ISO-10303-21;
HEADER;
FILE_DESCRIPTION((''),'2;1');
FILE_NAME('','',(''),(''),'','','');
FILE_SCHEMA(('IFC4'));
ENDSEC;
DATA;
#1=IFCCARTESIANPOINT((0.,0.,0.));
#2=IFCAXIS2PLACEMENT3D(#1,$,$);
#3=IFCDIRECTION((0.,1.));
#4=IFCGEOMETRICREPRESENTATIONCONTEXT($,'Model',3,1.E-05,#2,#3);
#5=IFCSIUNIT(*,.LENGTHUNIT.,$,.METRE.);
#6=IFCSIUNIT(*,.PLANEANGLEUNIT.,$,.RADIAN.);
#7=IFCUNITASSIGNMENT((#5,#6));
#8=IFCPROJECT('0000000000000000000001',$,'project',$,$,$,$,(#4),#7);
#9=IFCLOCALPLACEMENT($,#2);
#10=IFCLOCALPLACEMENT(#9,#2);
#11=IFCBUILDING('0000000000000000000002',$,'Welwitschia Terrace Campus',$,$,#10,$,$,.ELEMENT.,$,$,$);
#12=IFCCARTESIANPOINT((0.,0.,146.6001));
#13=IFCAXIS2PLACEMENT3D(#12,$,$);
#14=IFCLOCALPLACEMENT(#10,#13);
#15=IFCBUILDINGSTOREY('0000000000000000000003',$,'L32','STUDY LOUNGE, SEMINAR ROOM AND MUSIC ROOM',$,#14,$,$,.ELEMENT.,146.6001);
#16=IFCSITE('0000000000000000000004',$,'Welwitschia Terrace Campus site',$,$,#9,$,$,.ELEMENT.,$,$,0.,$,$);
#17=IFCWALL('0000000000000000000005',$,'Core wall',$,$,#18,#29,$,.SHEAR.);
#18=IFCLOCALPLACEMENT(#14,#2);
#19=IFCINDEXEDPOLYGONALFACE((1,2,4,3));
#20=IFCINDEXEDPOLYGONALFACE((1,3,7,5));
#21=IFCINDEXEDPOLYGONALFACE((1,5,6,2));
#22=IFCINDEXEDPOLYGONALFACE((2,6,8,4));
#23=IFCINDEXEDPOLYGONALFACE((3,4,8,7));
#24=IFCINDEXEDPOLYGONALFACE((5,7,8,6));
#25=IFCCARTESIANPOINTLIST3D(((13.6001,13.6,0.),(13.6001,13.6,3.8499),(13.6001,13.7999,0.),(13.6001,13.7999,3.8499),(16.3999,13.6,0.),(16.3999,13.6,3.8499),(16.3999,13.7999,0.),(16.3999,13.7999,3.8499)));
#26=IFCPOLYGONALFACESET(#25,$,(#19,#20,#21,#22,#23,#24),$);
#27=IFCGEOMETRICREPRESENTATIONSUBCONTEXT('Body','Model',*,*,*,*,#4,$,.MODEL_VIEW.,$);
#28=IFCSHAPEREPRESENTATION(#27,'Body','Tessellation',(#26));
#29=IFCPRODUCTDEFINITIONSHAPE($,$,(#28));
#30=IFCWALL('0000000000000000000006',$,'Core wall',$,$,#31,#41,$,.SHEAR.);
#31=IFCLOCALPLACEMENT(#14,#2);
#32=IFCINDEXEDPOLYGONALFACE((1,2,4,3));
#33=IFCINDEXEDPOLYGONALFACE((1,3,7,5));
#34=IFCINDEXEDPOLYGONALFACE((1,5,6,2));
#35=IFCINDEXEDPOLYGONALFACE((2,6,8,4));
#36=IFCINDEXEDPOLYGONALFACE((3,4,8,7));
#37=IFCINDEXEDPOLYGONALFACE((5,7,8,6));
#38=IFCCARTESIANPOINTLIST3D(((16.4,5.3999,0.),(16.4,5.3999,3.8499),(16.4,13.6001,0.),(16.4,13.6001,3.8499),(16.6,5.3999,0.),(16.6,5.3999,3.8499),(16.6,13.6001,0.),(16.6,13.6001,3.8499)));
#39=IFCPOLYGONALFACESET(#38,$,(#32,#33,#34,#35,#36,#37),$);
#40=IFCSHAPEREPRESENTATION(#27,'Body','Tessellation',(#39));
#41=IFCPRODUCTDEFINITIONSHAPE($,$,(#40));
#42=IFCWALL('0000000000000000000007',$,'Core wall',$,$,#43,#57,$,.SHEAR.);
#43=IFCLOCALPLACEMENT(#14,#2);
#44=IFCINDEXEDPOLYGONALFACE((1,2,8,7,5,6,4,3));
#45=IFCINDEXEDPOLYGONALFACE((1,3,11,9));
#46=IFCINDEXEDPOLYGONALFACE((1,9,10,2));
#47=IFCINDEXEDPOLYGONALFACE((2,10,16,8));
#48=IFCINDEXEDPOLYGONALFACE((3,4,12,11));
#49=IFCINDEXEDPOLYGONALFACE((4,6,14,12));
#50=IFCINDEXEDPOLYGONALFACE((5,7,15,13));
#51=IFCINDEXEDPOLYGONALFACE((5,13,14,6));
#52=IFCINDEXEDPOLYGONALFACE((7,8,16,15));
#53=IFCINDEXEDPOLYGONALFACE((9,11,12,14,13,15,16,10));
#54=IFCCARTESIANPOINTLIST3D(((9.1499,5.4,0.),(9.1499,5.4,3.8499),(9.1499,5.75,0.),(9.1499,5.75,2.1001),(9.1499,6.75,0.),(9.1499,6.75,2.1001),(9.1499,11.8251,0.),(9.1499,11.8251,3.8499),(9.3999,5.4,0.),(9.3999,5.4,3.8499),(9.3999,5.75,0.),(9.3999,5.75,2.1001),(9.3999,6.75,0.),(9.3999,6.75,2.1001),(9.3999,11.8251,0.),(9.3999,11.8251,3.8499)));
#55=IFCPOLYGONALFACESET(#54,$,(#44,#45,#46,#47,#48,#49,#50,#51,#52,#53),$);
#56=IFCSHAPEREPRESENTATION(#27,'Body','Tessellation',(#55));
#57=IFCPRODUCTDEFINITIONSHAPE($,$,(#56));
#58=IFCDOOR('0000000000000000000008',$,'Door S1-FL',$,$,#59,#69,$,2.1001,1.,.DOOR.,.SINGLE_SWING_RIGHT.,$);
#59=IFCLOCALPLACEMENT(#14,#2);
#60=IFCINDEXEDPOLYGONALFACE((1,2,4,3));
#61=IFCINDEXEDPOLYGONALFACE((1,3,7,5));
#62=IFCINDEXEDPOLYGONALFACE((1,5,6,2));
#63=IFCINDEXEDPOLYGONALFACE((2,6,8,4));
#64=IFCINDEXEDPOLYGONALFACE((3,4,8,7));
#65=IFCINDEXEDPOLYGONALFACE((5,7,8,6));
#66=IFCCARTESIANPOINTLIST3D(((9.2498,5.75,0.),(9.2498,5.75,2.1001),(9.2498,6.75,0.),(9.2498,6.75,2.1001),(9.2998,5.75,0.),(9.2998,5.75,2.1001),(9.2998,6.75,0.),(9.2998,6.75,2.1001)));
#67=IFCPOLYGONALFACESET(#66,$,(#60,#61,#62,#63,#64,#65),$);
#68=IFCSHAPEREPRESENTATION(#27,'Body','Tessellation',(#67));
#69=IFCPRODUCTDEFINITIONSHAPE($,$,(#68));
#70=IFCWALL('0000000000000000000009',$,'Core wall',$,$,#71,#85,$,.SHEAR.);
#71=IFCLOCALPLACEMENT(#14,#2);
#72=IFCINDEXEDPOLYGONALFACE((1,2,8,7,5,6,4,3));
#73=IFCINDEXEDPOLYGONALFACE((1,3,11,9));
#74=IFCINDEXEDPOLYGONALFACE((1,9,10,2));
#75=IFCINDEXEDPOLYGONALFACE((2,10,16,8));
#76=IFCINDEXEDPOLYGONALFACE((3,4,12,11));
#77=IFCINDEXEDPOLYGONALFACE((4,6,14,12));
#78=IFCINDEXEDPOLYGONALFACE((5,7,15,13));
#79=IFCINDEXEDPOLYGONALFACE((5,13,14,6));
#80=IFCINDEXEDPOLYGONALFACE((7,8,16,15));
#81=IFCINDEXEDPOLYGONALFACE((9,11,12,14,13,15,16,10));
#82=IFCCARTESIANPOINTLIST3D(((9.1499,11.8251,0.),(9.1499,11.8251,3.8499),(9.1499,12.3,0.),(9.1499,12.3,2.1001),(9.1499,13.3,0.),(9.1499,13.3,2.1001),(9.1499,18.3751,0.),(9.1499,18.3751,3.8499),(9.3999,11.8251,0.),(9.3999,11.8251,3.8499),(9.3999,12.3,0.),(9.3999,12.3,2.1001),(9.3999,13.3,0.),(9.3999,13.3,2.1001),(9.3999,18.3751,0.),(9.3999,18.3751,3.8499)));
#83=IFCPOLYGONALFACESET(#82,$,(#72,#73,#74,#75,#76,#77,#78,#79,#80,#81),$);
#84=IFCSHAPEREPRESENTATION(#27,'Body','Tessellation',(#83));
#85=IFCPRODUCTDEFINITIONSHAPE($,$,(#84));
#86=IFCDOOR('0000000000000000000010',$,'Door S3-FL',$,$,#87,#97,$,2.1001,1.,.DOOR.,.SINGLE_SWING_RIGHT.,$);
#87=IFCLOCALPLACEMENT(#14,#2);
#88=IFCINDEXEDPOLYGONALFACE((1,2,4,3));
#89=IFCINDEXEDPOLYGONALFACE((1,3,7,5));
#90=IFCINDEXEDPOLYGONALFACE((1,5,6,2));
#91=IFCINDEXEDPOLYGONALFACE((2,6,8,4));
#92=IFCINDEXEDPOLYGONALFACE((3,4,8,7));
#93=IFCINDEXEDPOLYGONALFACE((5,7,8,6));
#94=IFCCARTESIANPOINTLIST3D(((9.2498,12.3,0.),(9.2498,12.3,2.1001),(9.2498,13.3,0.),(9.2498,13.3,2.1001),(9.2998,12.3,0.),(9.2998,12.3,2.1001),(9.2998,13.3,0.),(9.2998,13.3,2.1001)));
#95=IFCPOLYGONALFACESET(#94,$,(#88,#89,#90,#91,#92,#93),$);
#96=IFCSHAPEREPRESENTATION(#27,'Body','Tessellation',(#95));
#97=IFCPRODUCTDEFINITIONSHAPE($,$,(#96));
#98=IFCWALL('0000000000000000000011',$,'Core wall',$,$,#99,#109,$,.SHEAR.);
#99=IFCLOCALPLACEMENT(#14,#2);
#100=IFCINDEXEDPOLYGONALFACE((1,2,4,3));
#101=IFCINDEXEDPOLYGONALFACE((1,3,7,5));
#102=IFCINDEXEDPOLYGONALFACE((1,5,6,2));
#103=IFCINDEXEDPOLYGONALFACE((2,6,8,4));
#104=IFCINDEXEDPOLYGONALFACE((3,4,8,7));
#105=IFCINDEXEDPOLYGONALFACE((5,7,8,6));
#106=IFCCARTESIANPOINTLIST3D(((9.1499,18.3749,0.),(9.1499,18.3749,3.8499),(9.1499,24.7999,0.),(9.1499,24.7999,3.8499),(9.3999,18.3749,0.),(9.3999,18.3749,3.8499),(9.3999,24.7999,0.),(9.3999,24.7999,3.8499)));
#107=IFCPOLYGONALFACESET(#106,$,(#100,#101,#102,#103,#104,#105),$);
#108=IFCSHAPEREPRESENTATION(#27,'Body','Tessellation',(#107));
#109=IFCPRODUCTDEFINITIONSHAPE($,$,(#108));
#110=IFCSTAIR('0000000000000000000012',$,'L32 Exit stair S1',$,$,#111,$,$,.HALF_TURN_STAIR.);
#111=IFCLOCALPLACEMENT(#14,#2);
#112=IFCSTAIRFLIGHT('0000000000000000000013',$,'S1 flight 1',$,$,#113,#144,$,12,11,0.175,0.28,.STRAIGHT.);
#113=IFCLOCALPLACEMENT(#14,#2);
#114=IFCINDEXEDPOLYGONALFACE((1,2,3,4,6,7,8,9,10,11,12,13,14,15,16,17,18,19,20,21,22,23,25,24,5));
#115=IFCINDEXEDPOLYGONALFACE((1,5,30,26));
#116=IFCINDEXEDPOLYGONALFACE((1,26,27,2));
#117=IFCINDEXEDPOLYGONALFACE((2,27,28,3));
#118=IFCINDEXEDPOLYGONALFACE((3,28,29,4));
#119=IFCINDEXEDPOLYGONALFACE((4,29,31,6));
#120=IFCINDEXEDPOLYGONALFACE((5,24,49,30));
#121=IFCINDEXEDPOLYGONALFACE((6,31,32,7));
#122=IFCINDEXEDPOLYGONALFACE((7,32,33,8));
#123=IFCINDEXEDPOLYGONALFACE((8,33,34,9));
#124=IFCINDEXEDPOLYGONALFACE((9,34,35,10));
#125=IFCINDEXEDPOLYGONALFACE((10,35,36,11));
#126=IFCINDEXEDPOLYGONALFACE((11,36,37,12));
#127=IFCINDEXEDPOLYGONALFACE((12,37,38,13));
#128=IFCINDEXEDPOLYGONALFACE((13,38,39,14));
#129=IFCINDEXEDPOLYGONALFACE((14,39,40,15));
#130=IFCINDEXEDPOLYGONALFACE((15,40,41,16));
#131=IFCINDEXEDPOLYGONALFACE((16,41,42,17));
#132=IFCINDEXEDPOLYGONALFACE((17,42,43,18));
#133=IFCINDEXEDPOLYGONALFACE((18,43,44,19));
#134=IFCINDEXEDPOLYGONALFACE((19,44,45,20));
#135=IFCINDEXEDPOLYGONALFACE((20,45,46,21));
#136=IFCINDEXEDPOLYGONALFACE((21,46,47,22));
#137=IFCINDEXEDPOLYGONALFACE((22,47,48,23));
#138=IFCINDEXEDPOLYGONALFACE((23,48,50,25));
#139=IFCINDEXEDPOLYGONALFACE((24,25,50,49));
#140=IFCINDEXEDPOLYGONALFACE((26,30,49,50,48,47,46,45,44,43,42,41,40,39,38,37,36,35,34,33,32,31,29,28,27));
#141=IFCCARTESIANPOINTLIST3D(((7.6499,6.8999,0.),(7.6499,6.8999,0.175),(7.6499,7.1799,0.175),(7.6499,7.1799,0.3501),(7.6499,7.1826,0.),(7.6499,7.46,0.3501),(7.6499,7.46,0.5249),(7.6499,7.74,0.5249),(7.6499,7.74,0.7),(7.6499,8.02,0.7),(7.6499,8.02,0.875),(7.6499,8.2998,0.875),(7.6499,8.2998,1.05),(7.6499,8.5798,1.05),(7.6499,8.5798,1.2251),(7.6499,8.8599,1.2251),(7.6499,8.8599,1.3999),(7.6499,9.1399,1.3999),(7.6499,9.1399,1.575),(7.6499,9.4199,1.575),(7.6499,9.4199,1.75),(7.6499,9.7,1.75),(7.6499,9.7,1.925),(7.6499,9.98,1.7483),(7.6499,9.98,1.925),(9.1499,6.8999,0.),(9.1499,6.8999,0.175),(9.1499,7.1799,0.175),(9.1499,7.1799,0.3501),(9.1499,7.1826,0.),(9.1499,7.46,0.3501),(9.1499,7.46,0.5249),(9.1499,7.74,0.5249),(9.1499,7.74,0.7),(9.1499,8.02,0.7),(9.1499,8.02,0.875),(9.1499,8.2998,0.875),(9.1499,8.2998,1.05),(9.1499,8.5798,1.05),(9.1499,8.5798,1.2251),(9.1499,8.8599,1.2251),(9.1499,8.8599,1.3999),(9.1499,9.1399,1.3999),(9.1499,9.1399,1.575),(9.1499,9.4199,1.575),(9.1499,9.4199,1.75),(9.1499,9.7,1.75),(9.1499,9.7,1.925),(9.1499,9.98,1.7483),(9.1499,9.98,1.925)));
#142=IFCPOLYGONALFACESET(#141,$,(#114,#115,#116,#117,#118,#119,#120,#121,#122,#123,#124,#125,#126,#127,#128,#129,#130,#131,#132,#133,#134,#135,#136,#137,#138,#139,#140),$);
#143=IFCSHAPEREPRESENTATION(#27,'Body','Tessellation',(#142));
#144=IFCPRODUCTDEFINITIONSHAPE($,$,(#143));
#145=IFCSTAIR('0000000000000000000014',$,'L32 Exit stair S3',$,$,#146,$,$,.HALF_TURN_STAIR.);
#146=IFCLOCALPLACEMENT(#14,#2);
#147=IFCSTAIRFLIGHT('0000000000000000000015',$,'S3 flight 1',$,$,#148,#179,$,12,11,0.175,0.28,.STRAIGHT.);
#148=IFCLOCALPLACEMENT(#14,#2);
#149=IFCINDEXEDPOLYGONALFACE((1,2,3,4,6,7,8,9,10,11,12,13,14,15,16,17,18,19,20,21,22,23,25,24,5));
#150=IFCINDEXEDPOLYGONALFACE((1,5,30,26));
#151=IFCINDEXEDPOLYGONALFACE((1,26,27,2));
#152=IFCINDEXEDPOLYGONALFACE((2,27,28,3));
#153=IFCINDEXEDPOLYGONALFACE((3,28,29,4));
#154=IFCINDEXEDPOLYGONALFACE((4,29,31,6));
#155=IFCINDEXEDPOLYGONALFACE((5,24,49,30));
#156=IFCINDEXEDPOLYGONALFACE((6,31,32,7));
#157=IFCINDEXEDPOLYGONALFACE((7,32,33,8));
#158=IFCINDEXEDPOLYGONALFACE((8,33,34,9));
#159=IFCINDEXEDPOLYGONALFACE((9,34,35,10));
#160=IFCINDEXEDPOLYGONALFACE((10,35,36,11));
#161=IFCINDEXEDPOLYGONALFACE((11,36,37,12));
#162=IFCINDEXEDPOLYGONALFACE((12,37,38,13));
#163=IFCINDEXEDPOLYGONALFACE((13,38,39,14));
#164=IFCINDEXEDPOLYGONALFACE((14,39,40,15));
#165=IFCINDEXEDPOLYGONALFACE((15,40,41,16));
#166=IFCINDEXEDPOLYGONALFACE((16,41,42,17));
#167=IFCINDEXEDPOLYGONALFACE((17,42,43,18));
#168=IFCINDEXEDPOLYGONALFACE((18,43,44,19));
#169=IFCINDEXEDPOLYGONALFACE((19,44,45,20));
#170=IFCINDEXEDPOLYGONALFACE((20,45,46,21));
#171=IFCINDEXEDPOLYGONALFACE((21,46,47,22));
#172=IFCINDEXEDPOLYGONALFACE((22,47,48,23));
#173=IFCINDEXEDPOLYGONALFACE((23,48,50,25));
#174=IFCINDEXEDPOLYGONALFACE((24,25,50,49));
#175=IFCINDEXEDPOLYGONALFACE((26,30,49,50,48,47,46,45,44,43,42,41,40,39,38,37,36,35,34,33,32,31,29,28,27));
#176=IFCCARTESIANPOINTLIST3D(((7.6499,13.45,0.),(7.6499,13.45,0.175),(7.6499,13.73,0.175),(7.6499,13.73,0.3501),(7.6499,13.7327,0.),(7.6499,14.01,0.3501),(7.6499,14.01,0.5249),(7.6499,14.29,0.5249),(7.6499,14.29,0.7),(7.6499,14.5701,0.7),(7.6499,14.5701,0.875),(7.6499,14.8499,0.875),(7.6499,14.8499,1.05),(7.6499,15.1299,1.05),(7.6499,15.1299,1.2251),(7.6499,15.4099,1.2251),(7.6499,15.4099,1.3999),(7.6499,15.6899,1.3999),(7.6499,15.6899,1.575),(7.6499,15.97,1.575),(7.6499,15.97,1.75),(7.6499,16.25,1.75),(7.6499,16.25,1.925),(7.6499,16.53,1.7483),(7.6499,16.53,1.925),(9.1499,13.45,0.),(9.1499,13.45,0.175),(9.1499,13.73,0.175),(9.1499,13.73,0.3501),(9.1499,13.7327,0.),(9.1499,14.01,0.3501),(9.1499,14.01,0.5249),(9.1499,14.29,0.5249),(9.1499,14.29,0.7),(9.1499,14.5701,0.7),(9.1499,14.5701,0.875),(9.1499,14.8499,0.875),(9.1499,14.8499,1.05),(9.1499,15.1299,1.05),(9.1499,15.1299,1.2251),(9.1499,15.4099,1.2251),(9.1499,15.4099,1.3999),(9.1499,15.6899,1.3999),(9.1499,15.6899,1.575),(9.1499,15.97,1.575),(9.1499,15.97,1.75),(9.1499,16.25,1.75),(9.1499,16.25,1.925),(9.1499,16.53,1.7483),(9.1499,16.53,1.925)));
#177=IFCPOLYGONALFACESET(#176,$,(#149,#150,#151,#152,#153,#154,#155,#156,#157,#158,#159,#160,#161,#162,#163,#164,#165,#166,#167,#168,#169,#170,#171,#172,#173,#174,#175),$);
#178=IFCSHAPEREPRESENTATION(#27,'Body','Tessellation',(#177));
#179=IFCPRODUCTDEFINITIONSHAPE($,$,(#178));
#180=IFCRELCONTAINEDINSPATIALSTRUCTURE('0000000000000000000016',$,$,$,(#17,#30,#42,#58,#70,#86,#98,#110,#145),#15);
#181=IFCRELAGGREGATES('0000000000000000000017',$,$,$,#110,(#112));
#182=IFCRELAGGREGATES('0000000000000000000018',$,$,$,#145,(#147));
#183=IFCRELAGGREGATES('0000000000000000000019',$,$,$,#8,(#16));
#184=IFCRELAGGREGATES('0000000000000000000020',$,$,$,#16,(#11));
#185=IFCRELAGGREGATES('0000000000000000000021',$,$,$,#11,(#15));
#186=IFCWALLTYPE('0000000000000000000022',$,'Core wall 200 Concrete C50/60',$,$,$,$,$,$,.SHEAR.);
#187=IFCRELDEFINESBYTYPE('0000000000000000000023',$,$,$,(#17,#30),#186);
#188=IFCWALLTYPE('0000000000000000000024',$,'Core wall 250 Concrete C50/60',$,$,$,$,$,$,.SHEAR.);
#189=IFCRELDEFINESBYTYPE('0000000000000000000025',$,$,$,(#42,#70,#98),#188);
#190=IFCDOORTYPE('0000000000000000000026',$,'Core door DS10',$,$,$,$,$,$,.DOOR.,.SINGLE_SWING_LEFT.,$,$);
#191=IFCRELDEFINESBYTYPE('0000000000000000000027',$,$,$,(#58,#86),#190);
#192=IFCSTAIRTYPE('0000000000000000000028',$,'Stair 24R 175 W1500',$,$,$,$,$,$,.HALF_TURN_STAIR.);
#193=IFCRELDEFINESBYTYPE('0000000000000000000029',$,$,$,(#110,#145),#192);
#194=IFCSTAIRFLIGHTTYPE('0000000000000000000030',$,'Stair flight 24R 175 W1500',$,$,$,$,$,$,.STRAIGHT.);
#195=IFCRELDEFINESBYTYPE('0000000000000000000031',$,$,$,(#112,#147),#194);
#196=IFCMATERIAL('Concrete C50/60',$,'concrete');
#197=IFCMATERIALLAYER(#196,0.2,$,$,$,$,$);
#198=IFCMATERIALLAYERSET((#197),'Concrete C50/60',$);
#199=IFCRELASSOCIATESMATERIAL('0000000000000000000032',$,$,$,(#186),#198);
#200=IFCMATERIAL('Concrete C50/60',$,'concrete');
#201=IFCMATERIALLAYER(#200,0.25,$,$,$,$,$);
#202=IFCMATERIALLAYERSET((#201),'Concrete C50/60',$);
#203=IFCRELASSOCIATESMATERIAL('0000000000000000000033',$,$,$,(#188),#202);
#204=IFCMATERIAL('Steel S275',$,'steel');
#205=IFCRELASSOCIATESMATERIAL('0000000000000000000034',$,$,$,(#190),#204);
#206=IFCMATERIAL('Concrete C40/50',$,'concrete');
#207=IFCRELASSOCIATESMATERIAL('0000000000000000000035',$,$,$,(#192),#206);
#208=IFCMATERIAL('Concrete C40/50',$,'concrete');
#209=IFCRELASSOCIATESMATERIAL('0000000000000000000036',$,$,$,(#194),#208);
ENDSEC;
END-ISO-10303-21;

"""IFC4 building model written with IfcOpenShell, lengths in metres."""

from ifc_helpers import new_model, si_unit, direction, frame, frame_2d, origin, place, context, subcontext, project, spatial, polyline, rectangle, outline, extrude, material, layer, layer_set, type_object, element, fill, aggregate, save


model = new_model("IFC4")

# Units and contexts
model_context = context("Model", 3, precision=1e-05, world=origin(), true_north=direction((0.0, 1.0)))
body_context = subcontext(model_context, "Body", "Model", "MODEL_VIEW")
ifc_project = project(units=[si_unit("LENGTHUNIT", "METRE"), si_unit("PLANEANGLEUNIT", "RADIAN")], contexts=[model_context])

# Site, building, storey
site_placement = place(None, origin())
site = spatial("IfcSite", under=ifc_project, at=site_placement, Name="Welwitschia Terrace Campus site", CompositionType="ELEMENT", RefElevation=0.0)
building_placement = place(site_placement, origin())
building = spatial("IfcBuilding", under=site, at=building_placement, Name="Welwitschia Terrace Campus", CompositionType="ELEMENT")
storey_placement = place(building_placement, frame((0.0, 0.0, 146.6001)))
storey = spatial("IfcBuildingStorey", under=building, at=storey_placement, Name="L32", Description="STUDY LOUNGE, SEMINAR ROOM AND MUSIC ROOM", CompositionType="ELEMENT", Elevation=146.6001)

# Walls
ifc_material_1 = material(Name="Concrete C50/60", Category="concrete")
ifc_layer_1 = layer(ifc_material_1, 0.2)
ifc_layer_set_1 = layer_set([ifc_layer_1], Name="Concrete C50/60")
wall_type_1 = type_object("IfcWallType", Name="Core wall 200 Concrete C50/60", PredefinedType="SHEAR", material=ifc_layer_set_1)
for number, where, z_axis, x_axis, name in (
    (1, (13.6001, 13.7, 0.0), (0.0, 0.0, 1.0), (1.0, 0.0, 0.0), "Core wall"),
):
    element("IfcWall", number, at=place(storey_placement, frame(where, z_axis=z_axis, x_axis=x_axis)), inside=storey, type_object=wall_type_1, Name=name, PredefinedType="SHEAR", context=body_context, shape_type="SweptSolid", body=[
        extrude(rectangle(XDim=2.7998, YDim=0.2, at=frame_2d((1.3999, 0.0))), origin(), (0.0, 0.0, 1.0), 3.8499),
    ])
wall_1_placement = place(storey_placement, frame((16.5, 5.3999, 0.0), z_axis=(0.0, 0.0, 1.0), x_axis=(0.0, 1.0, 0.0)))
element("IfcWall", 2, at=wall_1_placement, inside=storey, type_object=wall_type_1, Name="Core wall", PredefinedType="SHEAR", context=body_context, shape_type="SweptSolid", body=[
    extrude(rectangle(XDim=8.2002, YDim=0.2, at=frame_2d((4.1001, 0.0))), origin(), (0.0, 0.0, 1.0), 3.8499),
])

# Walls, openings, doors
ifc_material_2 = material(Name="Concrete C50/60", Category="concrete")
ifc_layer_2 = layer(ifc_material_2, 0.25)
ifc_layer_set_2 = layer_set([ifc_layer_2], Name="Concrete C50/60")
wall_type_2 = type_object("IfcWallType", Name="Core wall 250 Concrete C50/60", PredefinedType="SHEAR", material=ifc_layer_set_2)
wall_2_placement = place(storey_placement, frame((9.2749, 11.825, 0.0), z_axis=(0.0, 0.0, 1.0), x_axis=(0.0, -1.0, 0.0)))
wall_2 = element("IfcWall", 3, at=wall_2_placement, inside=storey, type_object=wall_type_2, Name="Core wall", PredefinedType="SHEAR", context=body_context, shape_type="SweptSolid", body=[
    extrude(rectangle(XDim=6.425, YDim=0.25, at=frame_2d((3.2124, 0.0))), origin(), (0.0, 0.0, 1.0), 3.8499),
])
opening_1_placement = place(wall_2_placement, frame((5.075, 0.0, 0.0)))
opening_1 = element("IfcOpeningElement", 4, at=opening_1_placement, cuts=wall_2, PredefinedType="OPENING", context=body_context, shape_type="SweptSolid", body=[
    extrude(rectangle(XDim=1.0, YDim=2.1001, at=frame_2d((0.5, 1.05))), frame((0.0, 0.135, 0.0), z_axis=(0.0, -1.0, 0.0), x_axis=(1.0, 0.0, 0.0)), (0.0, 0.0, 1.0), 0.27),
])
ifc_material_3 = material(Name="Steel S275", Category="steel")
door_type_1 = type_object("IfcDoorType", Name="Core door DS10", OperationType="SINGLE_SWING_LEFT", PredefinedType="DOOR", material=ifc_material_3)
door_1_placement = place(opening_1_placement, origin())
door_1 = element("IfcDoor", 5, at=door_1_placement, inside=storey, type_object=door_type_1, Name="Door S1-FL", OperationType="SINGLE_SWING_RIGHT", OverallHeight=2.1001, OverallWidth=1.0, PredefinedType="DOOR", context=body_context, shape_type="SweptSolid", body=[
    extrude(rectangle(XDim=1.0, YDim=2.1001, at=frame_2d((0.5, 1.05))), frame((0.0, 0.0249, 0.0), z_axis=(0.0, -1.0, 0.0), x_axis=(1.0, 0.0, 0.0)), (0.0, 0.0, 1.0), 0.05),
])
fill(opening_1, door_1)
wall_3_placement = place(storey_placement, frame((9.2749, 18.375, 0.0), z_axis=(0.0, 0.0, 1.0), x_axis=(0.0, -1.0, 0.0)))
wall_3 = element("IfcWall", 6, at=wall_3_placement, inside=storey, type_object=wall_type_2, Name="Core wall", PredefinedType="SHEAR", context=body_context, shape_type="SweptSolid", body=[
    extrude(rectangle(XDim=6.55, YDim=0.25, at=frame_2d((3.2749, 0.0))), origin(), (0.0, 0.0, 1.0), 3.8499),
])
opening_2_placement = place(wall_3_placement, frame((5.075, 0.0, 0.0)))
opening_2 = element("IfcOpeningElement", 7, at=opening_2_placement, cuts=wall_3, PredefinedType="OPENING", context=body_context, shape_type="SweptSolid", body=[
    extrude(rectangle(XDim=1.0, YDim=2.1001, at=frame_2d((0.5, 1.05))), frame((0.0, 0.135, 0.0), z_axis=(0.0, -1.0, 0.0), x_axis=(1.0, 0.0, 0.0)), (0.0, 0.0, 1.0), 0.27),
])
door_2_placement = place(opening_2_placement, origin())
door_2 = element("IfcDoor", 8, at=door_2_placement, inside=storey, type_object=door_type_1, Name="Door S3-FL", OperationType="SINGLE_SWING_RIGHT", OverallHeight=2.1001, OverallWidth=1.0, PredefinedType="DOOR", context=body_context, shape_type="SweptSolid", body=[
    extrude(rectangle(XDim=1.0, YDim=2.1001, at=frame_2d((0.5, 1.05))), frame((0.0, 0.0249, 0.0), z_axis=(0.0, -1.0, 0.0), x_axis=(1.0, 0.0, 0.0)), (0.0, 0.0, 1.0), 0.05),
])
fill(opening_2, door_2)

# Wall
wall_4_placement = place(storey_placement, frame((9.2749, 18.375, 0.0), z_axis=(0.0, 0.0, 1.0), x_axis=(0.0, 1.0, 0.0)))
element("IfcWall", 9, at=wall_4_placement, inside=storey, type_object=wall_type_2, Name="Core wall", PredefinedType="SHEAR", context=body_context, shape_type="SweptSolid", body=[
    extrude(rectangle(XDim=6.425, YDim=0.25, at=frame_2d((3.2124, 0.0))), origin(), (0.0, 0.0, 1.0), 3.8499),
])

# Stairs, stair flights
ifc_material_4 = material(Name="Concrete C40/50", Category="concrete")
stair_type = type_object("IfcStairType", Name="Stair 24R 175 W1500", PredefinedType="HALF_TURN_STAIR", material=ifc_material_4)
stair_1_placement = place(storey_placement, origin())
stair_1 = element("IfcStair", 10, at=stair_1_placement, inside=storey, type_object=stair_type, Name="L32 Exit stair S1", PredefinedType="HALF_TURN_STAIR")
ifc_material_5 = material(Name="Concrete C40/50", Category="concrete")
stair_flight_type = type_object("IfcStairFlightType", Name="Stair flight 24R 175 W1500", PredefinedType="STRAIGHT", material=ifc_material_5)
stair_flight_1_placement = place(storey_placement, frame((8.3999, 6.8999, 0.0), z_axis=(0.0, 0.0, 1.0), x_axis=(0.0, 1.0, 0.0)))
stair_flight_1 = element("IfcStairFlight", 11, at=stair_flight_1_placement, type_object=stair_flight_type, Name="S1 flight 1", NumberOfRisers=12, NumberOfTreads=11, PredefinedType="STRAIGHT", RiserHeight=0.175, TreadLength=0.28, context=body_context, shape_type="SweptSolid", body=[
    extrude(outline(polyline([(0.0, 0.0), (0.0, 0.175), (0.28, 0.175), (0.28, 0.3501), (0.5601, 0.3501), (0.5601, 0.5249), (0.8401, 0.5249), (0.8401, 0.7), (1.1201, 0.7), (1.1201, 0.875), (1.3999, 0.875), (1.3999, 1.05), (1.6799, 1.05), (1.6799, 1.2251), (1.96, 1.2251), (1.96, 1.3999), (2.24, 1.3999), (2.24, 1.575), (2.52, 1.575), (2.52, 1.75), (2.8, 1.75), (2.8, 1.925), (3.0801, 1.925), (3.0801, 2.1001), (3.0801, 1.7483), (0.2827, 0.0), (0.0, 0.0)])), frame((0.0, 0.75, 0.0), z_axis=(0.0, -1.0, 0.0), x_axis=(1.0, 0.0, 0.0)), (0.0, 0.0, 1.0), 1.5),
])
aggregate(stair_1, [stair_flight_1])
stair_2_placement = place(storey_placement, origin())
stair_2 = element("IfcStair", 12, at=stair_2_placement, inside=storey, type_object=stair_type, Name="L32 Exit stair S3", PredefinedType="HALF_TURN_STAIR")
stair_flight_2_placement = place(storey_placement, frame((8.3999, 13.45, 0.0), z_axis=(0.0, 0.0, 1.0), x_axis=(0.0, 1.0, 0.0)))
stair_flight_2 = element("IfcStairFlight", 13, at=stair_flight_2_placement, type_object=stair_flight_type, Name="S3 flight 1", NumberOfRisers=12, NumberOfTreads=11, PredefinedType="STRAIGHT", RiserHeight=0.175, TreadLength=0.28, context=body_context, shape_type="SweptSolid", body=[
    extrude(outline(polyline([(0.0, 0.0), (0.0, 0.175), (0.28, 0.175), (0.28, 0.3501), (0.5601, 0.3501), (0.5601, 0.5249), (0.8401, 0.5249), (0.8401, 0.7), (1.1201, 0.7), (1.1201, 0.875), (1.3999, 0.875), (1.3999, 1.05), (1.6799, 1.05), (1.6799, 1.2251), (1.96, 1.2251), (1.96, 1.3999), (2.24, 1.3999), (2.24, 1.575), (2.52, 1.575), (2.52, 1.75), (2.8, 1.75), (2.8, 1.925), (3.0801, 1.925), (3.0801, 2.1001), (3.0801, 1.7483), (0.2827, 0.0), (0.0, 0.0)])), frame((0.0, 0.75, 0.0), z_axis=(0.0, -1.0, 0.0), x_axis=(1.0, 0.0, 0.0)), (0.0, 0.0, 1.0), 1.5),
])
aggregate(stair_2, [stair_flight_2])

save(model, "model.ifc")
